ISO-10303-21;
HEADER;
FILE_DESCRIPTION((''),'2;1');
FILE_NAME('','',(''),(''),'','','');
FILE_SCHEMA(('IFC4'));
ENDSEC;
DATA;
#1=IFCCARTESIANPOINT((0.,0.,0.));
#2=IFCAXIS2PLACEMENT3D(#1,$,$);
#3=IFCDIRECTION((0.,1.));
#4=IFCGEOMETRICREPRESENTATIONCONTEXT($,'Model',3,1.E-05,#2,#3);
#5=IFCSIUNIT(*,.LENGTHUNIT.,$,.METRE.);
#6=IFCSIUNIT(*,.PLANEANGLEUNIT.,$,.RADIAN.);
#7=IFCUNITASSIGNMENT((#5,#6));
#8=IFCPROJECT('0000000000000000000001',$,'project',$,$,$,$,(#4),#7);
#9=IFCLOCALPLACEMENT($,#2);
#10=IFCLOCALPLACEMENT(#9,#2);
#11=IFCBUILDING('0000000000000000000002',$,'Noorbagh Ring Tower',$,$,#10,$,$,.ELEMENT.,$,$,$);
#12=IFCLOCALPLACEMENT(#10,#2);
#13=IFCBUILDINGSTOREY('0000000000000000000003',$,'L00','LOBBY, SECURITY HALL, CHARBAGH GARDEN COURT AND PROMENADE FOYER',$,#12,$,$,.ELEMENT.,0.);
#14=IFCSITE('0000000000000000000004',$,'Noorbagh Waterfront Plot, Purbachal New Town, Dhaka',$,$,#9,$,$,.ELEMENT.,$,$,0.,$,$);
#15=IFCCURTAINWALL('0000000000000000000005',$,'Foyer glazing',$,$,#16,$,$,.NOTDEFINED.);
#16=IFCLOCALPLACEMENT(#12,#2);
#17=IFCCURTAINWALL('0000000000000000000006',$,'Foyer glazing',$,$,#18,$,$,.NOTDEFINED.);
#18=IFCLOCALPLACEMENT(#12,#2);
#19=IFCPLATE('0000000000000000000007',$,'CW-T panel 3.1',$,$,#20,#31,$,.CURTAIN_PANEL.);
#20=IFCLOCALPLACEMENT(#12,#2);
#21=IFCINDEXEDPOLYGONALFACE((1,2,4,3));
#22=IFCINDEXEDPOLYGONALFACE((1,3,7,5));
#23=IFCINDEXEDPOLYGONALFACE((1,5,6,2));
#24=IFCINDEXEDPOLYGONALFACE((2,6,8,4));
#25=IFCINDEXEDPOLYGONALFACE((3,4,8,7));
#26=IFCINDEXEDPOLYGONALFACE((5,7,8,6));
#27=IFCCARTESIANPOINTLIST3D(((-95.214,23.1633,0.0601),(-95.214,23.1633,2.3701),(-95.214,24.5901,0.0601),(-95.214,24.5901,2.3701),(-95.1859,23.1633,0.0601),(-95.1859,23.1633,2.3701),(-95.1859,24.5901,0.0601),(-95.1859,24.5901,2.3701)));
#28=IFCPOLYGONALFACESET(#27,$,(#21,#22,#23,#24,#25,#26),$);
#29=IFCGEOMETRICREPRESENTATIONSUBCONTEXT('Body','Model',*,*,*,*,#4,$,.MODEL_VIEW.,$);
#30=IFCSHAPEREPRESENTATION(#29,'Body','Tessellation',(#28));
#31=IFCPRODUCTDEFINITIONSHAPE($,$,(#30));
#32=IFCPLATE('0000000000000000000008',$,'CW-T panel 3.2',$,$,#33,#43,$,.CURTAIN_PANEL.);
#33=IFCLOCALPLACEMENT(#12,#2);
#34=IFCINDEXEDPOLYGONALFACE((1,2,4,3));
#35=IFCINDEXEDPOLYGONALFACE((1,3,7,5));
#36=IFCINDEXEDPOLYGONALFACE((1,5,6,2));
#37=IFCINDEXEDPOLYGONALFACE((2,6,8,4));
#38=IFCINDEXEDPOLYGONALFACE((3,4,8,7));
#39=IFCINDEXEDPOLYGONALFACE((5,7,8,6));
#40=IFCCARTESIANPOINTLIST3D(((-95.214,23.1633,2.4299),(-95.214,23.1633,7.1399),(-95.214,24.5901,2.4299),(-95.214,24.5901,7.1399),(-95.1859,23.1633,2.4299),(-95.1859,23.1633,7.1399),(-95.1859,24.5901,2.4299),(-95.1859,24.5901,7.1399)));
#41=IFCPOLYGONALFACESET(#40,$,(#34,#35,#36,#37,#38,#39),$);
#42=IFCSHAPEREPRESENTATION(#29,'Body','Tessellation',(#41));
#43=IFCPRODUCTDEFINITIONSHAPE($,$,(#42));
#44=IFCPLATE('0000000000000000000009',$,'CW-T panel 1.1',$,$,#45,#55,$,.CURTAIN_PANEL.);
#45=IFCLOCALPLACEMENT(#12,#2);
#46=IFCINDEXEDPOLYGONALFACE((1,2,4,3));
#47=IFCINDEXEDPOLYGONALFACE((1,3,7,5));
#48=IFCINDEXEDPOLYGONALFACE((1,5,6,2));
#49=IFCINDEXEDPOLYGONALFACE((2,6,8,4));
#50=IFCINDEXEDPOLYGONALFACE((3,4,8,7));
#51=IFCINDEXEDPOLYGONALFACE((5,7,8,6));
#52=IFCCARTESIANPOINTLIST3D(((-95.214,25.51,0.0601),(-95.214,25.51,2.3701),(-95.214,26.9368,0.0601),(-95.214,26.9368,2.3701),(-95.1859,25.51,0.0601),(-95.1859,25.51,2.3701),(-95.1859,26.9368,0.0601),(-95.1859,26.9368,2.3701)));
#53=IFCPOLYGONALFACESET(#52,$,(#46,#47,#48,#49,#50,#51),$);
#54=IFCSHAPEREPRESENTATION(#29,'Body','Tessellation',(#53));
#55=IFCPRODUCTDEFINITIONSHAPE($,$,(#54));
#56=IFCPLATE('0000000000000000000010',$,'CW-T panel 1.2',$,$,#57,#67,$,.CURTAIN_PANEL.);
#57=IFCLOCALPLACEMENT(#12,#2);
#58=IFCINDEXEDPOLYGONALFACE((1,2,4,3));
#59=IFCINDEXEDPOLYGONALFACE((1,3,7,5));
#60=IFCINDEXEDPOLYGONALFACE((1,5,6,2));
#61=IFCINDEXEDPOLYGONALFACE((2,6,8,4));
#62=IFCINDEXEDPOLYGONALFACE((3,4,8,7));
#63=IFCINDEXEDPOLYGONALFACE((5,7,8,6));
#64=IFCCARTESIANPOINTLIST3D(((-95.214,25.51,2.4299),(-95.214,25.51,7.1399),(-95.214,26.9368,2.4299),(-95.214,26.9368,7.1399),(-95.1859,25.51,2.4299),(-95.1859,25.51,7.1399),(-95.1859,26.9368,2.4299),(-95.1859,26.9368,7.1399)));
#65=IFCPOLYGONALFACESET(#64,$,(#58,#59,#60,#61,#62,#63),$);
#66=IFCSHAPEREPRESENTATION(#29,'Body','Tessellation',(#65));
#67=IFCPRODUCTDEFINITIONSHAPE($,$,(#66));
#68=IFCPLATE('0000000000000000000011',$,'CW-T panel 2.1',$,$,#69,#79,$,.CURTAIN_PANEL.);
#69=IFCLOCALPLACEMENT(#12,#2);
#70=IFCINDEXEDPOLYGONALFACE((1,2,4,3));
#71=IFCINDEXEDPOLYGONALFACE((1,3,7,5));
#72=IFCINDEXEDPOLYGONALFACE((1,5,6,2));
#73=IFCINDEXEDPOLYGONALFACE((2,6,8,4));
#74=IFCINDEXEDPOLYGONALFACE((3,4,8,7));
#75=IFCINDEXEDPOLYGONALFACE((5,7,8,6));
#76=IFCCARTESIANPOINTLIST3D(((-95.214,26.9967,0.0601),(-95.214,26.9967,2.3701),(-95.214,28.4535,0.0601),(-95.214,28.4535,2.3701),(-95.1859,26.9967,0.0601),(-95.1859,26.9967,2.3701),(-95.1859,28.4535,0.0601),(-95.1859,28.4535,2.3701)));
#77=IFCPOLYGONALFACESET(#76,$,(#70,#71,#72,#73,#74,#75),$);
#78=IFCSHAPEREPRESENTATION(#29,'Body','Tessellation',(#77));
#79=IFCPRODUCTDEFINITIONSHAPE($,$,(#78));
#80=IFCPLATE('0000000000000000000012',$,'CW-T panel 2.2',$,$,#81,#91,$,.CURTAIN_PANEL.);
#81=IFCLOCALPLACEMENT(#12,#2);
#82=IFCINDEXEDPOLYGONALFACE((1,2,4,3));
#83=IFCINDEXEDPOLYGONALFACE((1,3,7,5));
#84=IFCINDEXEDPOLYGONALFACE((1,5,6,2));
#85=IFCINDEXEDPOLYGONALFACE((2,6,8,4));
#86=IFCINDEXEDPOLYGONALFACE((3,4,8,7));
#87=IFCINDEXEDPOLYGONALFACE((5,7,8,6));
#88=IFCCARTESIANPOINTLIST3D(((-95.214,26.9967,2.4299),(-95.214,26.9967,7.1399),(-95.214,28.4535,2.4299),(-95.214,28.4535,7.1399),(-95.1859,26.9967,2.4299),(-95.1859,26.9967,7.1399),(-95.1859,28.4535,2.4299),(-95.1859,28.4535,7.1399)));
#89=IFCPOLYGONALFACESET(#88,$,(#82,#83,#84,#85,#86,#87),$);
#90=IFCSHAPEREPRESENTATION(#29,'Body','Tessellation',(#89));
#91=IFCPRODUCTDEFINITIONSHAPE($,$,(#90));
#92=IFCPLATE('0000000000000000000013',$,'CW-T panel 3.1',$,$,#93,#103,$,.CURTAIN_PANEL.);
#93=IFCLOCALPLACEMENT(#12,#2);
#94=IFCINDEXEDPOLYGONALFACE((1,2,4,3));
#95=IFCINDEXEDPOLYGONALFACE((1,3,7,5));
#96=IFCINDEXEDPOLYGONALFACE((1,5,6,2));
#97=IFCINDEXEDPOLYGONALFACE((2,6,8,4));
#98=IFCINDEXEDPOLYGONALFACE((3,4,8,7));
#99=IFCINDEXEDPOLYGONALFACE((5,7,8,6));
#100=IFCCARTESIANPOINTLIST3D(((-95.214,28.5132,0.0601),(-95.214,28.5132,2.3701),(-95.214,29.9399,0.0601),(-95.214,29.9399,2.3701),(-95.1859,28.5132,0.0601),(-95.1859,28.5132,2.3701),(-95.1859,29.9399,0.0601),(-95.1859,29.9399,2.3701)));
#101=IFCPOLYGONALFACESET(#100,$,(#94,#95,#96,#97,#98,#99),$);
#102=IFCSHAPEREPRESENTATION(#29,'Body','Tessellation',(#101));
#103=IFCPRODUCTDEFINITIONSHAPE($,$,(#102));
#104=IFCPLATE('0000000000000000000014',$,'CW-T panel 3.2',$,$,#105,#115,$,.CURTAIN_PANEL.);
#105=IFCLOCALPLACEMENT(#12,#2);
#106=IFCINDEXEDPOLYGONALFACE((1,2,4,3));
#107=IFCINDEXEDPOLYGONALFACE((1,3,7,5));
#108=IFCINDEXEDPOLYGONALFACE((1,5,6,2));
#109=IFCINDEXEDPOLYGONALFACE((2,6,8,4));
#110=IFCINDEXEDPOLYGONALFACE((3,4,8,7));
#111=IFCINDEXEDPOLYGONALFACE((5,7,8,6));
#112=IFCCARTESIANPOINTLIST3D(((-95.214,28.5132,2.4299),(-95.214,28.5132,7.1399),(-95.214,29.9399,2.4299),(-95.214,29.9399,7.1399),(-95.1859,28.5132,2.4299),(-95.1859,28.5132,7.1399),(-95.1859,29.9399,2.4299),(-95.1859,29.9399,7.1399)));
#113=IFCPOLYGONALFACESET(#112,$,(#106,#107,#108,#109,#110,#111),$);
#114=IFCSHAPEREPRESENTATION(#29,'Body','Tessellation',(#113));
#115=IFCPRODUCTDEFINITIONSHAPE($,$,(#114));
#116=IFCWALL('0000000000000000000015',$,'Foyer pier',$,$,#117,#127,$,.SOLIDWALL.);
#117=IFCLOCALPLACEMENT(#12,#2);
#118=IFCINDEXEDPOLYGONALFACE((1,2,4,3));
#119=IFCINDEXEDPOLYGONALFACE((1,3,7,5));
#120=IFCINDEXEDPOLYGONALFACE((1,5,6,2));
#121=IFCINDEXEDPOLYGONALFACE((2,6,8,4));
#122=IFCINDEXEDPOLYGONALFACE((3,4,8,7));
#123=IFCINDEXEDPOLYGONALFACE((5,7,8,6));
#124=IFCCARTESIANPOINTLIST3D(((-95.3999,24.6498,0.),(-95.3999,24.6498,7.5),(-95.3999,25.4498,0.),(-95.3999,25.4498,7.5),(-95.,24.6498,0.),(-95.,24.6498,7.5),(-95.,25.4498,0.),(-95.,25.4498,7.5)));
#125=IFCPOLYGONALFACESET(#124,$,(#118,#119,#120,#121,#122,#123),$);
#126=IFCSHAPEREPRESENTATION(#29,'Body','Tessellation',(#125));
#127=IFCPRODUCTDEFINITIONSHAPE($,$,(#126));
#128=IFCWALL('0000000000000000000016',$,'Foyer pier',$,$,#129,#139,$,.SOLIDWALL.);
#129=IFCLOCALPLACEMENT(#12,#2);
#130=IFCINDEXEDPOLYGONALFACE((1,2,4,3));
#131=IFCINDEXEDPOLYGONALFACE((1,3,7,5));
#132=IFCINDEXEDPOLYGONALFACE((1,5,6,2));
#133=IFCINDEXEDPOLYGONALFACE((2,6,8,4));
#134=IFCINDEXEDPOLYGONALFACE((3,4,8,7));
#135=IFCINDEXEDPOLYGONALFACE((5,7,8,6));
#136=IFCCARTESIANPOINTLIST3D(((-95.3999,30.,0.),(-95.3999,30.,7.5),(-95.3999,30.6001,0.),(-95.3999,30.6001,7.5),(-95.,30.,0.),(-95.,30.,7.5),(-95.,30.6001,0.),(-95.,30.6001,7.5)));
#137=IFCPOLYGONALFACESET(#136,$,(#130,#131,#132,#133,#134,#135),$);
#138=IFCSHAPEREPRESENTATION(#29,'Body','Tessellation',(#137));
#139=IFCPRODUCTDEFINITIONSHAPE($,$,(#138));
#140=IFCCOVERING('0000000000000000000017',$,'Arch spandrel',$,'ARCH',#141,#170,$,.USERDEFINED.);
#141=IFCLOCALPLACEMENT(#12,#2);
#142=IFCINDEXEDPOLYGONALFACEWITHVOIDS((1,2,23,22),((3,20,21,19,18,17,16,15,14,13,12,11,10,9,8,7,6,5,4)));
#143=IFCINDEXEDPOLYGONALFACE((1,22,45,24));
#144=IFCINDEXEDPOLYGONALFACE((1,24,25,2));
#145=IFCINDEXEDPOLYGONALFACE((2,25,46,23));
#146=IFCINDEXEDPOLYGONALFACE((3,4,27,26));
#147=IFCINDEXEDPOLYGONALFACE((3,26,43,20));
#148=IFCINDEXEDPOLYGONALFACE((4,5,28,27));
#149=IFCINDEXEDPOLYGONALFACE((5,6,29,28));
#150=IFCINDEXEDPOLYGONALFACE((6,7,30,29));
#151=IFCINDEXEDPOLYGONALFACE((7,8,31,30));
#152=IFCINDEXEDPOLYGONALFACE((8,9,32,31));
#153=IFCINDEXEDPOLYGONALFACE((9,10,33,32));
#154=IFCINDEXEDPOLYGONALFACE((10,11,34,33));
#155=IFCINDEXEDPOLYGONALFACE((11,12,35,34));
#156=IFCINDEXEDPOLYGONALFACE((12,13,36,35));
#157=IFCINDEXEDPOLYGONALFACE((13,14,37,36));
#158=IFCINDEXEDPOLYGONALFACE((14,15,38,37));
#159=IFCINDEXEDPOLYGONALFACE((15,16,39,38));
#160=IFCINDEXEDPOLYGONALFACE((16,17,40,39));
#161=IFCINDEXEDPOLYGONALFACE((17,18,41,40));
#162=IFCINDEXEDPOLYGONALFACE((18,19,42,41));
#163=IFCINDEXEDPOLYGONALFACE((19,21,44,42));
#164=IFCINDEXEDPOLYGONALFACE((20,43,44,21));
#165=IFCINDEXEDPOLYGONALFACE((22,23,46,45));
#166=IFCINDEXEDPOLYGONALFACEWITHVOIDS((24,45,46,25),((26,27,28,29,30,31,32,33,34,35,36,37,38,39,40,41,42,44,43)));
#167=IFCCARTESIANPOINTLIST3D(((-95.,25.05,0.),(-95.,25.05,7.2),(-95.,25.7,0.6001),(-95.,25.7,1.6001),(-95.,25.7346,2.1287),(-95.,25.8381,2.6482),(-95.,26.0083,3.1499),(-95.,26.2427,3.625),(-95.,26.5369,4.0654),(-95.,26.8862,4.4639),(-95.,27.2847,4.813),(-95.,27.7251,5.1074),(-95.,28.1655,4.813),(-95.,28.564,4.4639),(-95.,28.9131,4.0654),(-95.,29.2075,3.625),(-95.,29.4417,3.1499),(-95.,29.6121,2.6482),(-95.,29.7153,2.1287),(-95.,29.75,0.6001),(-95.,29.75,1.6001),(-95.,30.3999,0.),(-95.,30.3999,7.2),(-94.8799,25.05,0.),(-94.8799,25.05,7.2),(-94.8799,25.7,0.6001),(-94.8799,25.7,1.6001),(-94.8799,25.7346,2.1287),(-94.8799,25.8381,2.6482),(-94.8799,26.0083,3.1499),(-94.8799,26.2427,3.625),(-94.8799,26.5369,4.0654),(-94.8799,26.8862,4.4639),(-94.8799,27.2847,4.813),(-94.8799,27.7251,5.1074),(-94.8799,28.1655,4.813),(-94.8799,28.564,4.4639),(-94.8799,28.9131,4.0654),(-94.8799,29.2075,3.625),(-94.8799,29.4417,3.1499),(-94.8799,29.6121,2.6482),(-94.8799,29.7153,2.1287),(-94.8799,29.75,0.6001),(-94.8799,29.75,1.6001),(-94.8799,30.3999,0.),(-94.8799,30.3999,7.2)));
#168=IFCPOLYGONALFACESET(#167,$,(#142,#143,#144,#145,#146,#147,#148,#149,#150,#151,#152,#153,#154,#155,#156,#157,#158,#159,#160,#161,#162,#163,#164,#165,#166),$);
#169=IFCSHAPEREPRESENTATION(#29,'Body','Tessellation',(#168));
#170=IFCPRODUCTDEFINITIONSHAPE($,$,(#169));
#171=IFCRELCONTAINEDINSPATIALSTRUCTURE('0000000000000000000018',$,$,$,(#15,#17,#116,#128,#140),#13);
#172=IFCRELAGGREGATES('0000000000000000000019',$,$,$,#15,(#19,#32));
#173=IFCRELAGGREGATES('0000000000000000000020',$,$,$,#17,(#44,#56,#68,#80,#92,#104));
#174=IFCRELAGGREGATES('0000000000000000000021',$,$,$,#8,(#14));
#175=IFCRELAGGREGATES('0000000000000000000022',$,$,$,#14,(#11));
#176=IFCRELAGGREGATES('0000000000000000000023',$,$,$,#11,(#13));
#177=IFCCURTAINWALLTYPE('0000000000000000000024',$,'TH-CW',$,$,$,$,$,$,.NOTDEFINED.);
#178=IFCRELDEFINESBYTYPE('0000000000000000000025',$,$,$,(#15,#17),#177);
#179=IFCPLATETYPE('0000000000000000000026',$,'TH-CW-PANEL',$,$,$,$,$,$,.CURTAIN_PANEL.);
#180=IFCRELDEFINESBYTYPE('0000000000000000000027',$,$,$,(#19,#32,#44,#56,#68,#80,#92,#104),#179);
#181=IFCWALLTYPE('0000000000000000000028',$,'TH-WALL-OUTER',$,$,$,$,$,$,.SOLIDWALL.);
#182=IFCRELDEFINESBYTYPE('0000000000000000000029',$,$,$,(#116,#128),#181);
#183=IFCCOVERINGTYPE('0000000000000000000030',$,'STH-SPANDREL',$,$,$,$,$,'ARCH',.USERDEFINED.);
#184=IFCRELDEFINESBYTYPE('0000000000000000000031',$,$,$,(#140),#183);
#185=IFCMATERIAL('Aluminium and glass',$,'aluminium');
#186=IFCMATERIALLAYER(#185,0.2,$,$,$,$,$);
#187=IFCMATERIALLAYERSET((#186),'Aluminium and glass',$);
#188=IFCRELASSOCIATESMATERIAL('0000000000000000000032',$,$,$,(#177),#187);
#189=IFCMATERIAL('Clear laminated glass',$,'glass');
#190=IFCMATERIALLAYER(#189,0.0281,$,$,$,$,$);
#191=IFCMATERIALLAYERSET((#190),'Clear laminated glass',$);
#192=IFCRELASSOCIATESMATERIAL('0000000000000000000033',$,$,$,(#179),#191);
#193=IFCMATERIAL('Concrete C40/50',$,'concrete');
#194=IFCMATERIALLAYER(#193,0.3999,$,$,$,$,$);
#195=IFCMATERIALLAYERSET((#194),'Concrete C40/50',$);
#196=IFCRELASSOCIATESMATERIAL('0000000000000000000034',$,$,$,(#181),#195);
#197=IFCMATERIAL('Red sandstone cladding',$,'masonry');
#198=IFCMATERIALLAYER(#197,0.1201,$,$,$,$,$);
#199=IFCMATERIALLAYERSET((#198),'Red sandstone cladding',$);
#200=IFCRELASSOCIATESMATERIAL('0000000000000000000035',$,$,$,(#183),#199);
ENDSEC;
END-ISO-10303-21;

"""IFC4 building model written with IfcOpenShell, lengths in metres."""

from ifc_helpers import new_model, si_unit, direction, frame, frame_2d, origin, origin_2d, place, context, subcontext, project, spatial, polyline, rectangle, outline, extrude, material, layer, layer_set, type_object, element, aggregate, save


model = new_model("IFC4")

# Units and contexts
model_context = context("Model", 3, precision=1e-05, world=origin(), true_north=direction((0.0, 1.0)))
body_context = subcontext(model_context, "Body", "Model", "MODEL_VIEW")
ifc_project = project(units=[si_unit("LENGTHUNIT", "METRE"), si_unit("PLANEANGLEUNIT", "RADIAN")], contexts=[model_context])

# Site, building, storey
site_placement = place(None, origin())
site = spatial("IfcSite", under=ifc_project, at=site_placement, Name="Noorbagh Waterfront Plot, Purbachal New Town, Dhaka", CompositionType="ELEMENT", RefElevation=0.0)
building_placement = place(site_placement, origin())
building = spatial("IfcBuilding", under=site, at=building_placement, Name="Noorbagh Ring Tower", CompositionType="ELEMENT")
storey_placement = place(building_placement, origin())
storey = spatial("IfcBuildingStorey", under=building, at=storey_placement, Name="L00", Description="LOBBY, SECURITY HALL, CHARBAGH GARDEN COURT AND PROMENADE FOYER", CompositionType="ELEMENT", Elevation=0.0)

# Curtain wall
ifc_material_1 = material(Name="Aluminium and glass", Category="aluminium")
ifc_layer_1 = layer(ifc_material_1, 0.2)
ifc_layer_set_1 = layer_set([ifc_layer_1], Name="Aluminium and glass")
curtain_wall_type = type_object("IfcCurtainWallType", Name="TH-CW", PredefinedType="NOTDEFINED", material=ifc_layer_set_1)
curtain_wall_1_placement = place(storey_placement, origin())
curtain_wall_1 = element("IfcCurtainWall", 1, at=curtain_wall_1_placement, inside=storey, type_object=curtain_wall_type, Name="Foyer glazing", PredefinedType="NOTDEFINED")

# Curtain wall
curtain_wall_2_placement = place(storey_placement, origin())
curtain_wall_2 = element("IfcCurtainWall", 2, at=curtain_wall_2_placement, inside=storey, type_object=curtain_wall_type, Name="Foyer glazing", PredefinedType="NOTDEFINED")

# Plates
ifc_material_2 = material(Name="Clear laminated glass", Category="glass")
ifc_layer_2 = layer(ifc_material_2, 0.0281)
ifc_layer_set_2 = layer_set([ifc_layer_2], Name="Clear laminated glass")
plate_type = type_object("IfcPlateType", Name="TH-CW-PANEL", PredefinedType="CURTAIN_PANEL", material=ifc_layer_set_2)
plate_1_placement = place(storey_placement, frame((-95.2, 23.8767, 0.0601), z_axis=(0.0, 0.0, 1.0), x_axis=(0.0, 1.0, 0.0)))
plate_1 = element("IfcPlate", 3, at=plate_1_placement, type_object=plate_type, Name="CW-T panel 3.1", PredefinedType="CURTAIN_PANEL", context=body_context, shape_type="SweptSolid", body=[
    extrude(rectangle(XDim=1.4268, YDim=0.0281, at=origin_2d()), origin(), (0.0, 0.0, 1.0), 2.3101),
])
plate_2_placement = place(storey_placement, frame((-95.2, 23.8767, 2.4299), z_axis=(0.0, 0.0, 1.0), x_axis=(0.0, 1.0, 0.0)))
plate_2 = element("IfcPlate", 4, at=plate_2_placement, type_object=plate_type, Name="CW-T panel 3.2", PredefinedType="CURTAIN_PANEL", context=body_context, shape_type="SweptSolid", body=[
    extrude(rectangle(XDim=1.4268, YDim=0.0281, at=origin_2d()), origin(), (0.0, 0.0, 1.0), 4.71),
])
aggregate(curtain_wall_1, [plate_1, plate_2])
plate_3_placement = place(storey_placement, frame((-95.2, 26.2234, 0.0601), z_axis=(0.0, 0.0, 1.0), x_axis=(0.0, 1.0, 0.0)))
plate_3 = element("IfcPlate", 5, at=plate_3_placement, type_object=plate_type, Name="CW-T panel 1.1", PredefinedType="CURTAIN_PANEL", context=body_context, shape_type="SweptSolid", body=[
    extrude(rectangle(XDim=1.4268, YDim=0.0281, at=origin_2d()), origin(), (0.0, 0.0, 1.0), 2.3101),
])
plate_4_placement = place(storey_placement, frame((-95.2, 26.2234, 2.4299), z_axis=(0.0, 0.0, 1.0), x_axis=(0.0, 1.0, 0.0)))
plate_4 = element("IfcPlate", 6, at=plate_4_placement, type_object=plate_type, Name="CW-T panel 1.2", PredefinedType="CURTAIN_PANEL", context=body_context, shape_type="SweptSolid", body=[
    extrude(rectangle(XDim=1.4268, YDim=0.0281, at=origin_2d()), origin(), (0.0, 0.0, 1.0), 4.71),
])
plate_5_placement = place(storey_placement, frame((-95.2, 27.7251, 0.0601), z_axis=(0.0, 0.0, 1.0), x_axis=(0.0, 1.0, 0.0)))
plate_5 = element("IfcPlate", 7, at=plate_5_placement, type_object=plate_type, Name="CW-T panel 2.1", PredefinedType="CURTAIN_PANEL", context=body_context, shape_type="SweptSolid", body=[
    extrude(rectangle(XDim=1.4568, YDim=0.0281, at=origin_2d()), origin(), (0.0, 0.0, 1.0), 2.3101),
])
plate_6_placement = place(storey_placement, frame((-95.2, 27.7251, 2.4299), z_axis=(0.0, 0.0, 1.0), x_axis=(0.0, 1.0, 0.0)))
plate_6 = element("IfcPlate", 8, at=plate_6_placement, type_object=plate_type, Name="CW-T panel 2.2", PredefinedType="CURTAIN_PANEL", context=body_context, shape_type="SweptSolid", body=[
    extrude(rectangle(XDim=1.4568, YDim=0.0281, at=origin_2d()), origin(), (0.0, 0.0, 1.0), 4.71),
])
plate_7_placement = place(storey_placement, frame((-95.2, 29.2266, 0.0601), z_axis=(0.0, 0.0, 1.0), x_axis=(0.0, 1.0, 0.0)))
plate_7 = element("IfcPlate", 9, at=plate_7_placement, type_object=plate_type, Name="CW-T panel 3.1", PredefinedType="CURTAIN_PANEL", context=body_context, shape_type="SweptSolid", body=[
    extrude(rectangle(XDim=1.4268, YDim=0.0281, at=origin_2d()), origin(), (0.0, 0.0, 1.0), 2.3101),
])
plate_8_placement = place(storey_placement, frame((-95.2, 29.2266, 2.4299), z_axis=(0.0, 0.0, 1.0), x_axis=(0.0, 1.0, 0.0)))
plate_8 = element("IfcPlate", 10, at=plate_8_placement, type_object=plate_type, Name="CW-T panel 3.2", PredefinedType="CURTAIN_PANEL", context=body_context, shape_type="SweptSolid", body=[
    extrude(rectangle(XDim=1.4268, YDim=0.0281, at=origin_2d()), origin(), (0.0, 0.0, 1.0), 4.71),
])
aggregate(curtain_wall_2, [plate_3, plate_4, plate_5, plate_6, plate_7, plate_8])

# Walls
ifc_material_3 = material(Name="Concrete C40/50", Category="concrete")
ifc_layer_3 = layer(ifc_material_3, 0.3999)
ifc_layer_set_3 = layer_set([ifc_layer_3], Name="Concrete C40/50")
wall_type = type_object("IfcWallType", Name="TH-WALL-OUTER", PredefinedType="SOLIDWALL", material=ifc_layer_set_3)
wall_1_placement = place(storey_placement, frame((-95.2, 24.6499, 0.0), z_axis=(0.0, 0.0, 1.0), x_axis=(0.0, 1.0, 0.0)))
element("IfcWall", 11, at=wall_1_placement, inside=storey, type_object=wall_type, Name="Foyer pier", PredefinedType="SOLIDWALL", context=body_context, shape_type="SweptSolid", body=[
    extrude(rectangle(XDim=0.8, YDim=0.3999, at=frame_2d((0.3999, 0.0))), origin(), (0.0, 0.0, 1.0), 7.5),
])
wall_2_placement = place(storey_placement, frame((-95.2, 30.0, 0.0), z_axis=(0.0, 0.0, 1.0), x_axis=(0.0, 1.0, 0.0)))
element("IfcWall", 12, at=wall_2_placement, inside=storey, type_object=wall_type, Name="Foyer pier", PredefinedType="SOLIDWALL", context=body_context, shape_type="SweptSolid", body=[
    extrude(rectangle(XDim=0.6001, YDim=0.3999, at=frame_2d((0.3, 0.0))), origin(), (0.0, 0.0, 1.0), 7.5),
])

# Covering
ifc_material_4 = material(Name="Red sandstone cladding", Category="masonry")
ifc_layer_4 = layer(ifc_material_4, 0.1201)
ifc_layer_set_4 = layer_set([ifc_layer_4], Name="Red sandstone cladding")
covering_type_1 = type_object("IfcCoveringType", Name="STH-SPANDREL", ElementType="ARCH", PredefinedType="USERDEFINED", material=ifc_layer_set_4)
covering_1_placement = place(storey_placement, frame((-94.8799, 25.05, 0.0), z_axis=(1.0, 0.0, 0.0), x_axis=(0.0, 1.0, 0.0)))
element("IfcCovering", 13, at=covering_1_placement, inside=storey, type_object=covering_type_1, Name="Arch spandrel", ObjectType="ARCH", PredefinedType="USERDEFINED", context=body_context, shape_type="SweptSolid", body=[
    extrude(outline(polyline([(0.0, 0.0), (5.3499, 0.0), (5.3499, 7.2), (0.0, 7.2), (0.0, 0.0)]), holes=[polyline([(0.6499, 0.6001), (0.6499, 1.6001), (0.6846, 2.1287), (0.7881, 2.6482), (0.9583, 3.1499), (1.1926, 3.625), (1.4868, 4.0654), (1.8362, 4.4639), (2.2346, 4.813), (2.675, 5.1074), (3.1155, 4.813), (3.5139, 4.4639), (3.863, 4.0654), (4.1575, 3.625), (4.3916, 3.1499), (4.562, 2.6482), (4.6653, 2.1287), (4.7, 1.6001), (4.7, 0.6001), (0.6499, 0.6001)])]), origin(), (0.0, 0.0, -1.0), 0.1201),
])

save(model, "model.ifc")
